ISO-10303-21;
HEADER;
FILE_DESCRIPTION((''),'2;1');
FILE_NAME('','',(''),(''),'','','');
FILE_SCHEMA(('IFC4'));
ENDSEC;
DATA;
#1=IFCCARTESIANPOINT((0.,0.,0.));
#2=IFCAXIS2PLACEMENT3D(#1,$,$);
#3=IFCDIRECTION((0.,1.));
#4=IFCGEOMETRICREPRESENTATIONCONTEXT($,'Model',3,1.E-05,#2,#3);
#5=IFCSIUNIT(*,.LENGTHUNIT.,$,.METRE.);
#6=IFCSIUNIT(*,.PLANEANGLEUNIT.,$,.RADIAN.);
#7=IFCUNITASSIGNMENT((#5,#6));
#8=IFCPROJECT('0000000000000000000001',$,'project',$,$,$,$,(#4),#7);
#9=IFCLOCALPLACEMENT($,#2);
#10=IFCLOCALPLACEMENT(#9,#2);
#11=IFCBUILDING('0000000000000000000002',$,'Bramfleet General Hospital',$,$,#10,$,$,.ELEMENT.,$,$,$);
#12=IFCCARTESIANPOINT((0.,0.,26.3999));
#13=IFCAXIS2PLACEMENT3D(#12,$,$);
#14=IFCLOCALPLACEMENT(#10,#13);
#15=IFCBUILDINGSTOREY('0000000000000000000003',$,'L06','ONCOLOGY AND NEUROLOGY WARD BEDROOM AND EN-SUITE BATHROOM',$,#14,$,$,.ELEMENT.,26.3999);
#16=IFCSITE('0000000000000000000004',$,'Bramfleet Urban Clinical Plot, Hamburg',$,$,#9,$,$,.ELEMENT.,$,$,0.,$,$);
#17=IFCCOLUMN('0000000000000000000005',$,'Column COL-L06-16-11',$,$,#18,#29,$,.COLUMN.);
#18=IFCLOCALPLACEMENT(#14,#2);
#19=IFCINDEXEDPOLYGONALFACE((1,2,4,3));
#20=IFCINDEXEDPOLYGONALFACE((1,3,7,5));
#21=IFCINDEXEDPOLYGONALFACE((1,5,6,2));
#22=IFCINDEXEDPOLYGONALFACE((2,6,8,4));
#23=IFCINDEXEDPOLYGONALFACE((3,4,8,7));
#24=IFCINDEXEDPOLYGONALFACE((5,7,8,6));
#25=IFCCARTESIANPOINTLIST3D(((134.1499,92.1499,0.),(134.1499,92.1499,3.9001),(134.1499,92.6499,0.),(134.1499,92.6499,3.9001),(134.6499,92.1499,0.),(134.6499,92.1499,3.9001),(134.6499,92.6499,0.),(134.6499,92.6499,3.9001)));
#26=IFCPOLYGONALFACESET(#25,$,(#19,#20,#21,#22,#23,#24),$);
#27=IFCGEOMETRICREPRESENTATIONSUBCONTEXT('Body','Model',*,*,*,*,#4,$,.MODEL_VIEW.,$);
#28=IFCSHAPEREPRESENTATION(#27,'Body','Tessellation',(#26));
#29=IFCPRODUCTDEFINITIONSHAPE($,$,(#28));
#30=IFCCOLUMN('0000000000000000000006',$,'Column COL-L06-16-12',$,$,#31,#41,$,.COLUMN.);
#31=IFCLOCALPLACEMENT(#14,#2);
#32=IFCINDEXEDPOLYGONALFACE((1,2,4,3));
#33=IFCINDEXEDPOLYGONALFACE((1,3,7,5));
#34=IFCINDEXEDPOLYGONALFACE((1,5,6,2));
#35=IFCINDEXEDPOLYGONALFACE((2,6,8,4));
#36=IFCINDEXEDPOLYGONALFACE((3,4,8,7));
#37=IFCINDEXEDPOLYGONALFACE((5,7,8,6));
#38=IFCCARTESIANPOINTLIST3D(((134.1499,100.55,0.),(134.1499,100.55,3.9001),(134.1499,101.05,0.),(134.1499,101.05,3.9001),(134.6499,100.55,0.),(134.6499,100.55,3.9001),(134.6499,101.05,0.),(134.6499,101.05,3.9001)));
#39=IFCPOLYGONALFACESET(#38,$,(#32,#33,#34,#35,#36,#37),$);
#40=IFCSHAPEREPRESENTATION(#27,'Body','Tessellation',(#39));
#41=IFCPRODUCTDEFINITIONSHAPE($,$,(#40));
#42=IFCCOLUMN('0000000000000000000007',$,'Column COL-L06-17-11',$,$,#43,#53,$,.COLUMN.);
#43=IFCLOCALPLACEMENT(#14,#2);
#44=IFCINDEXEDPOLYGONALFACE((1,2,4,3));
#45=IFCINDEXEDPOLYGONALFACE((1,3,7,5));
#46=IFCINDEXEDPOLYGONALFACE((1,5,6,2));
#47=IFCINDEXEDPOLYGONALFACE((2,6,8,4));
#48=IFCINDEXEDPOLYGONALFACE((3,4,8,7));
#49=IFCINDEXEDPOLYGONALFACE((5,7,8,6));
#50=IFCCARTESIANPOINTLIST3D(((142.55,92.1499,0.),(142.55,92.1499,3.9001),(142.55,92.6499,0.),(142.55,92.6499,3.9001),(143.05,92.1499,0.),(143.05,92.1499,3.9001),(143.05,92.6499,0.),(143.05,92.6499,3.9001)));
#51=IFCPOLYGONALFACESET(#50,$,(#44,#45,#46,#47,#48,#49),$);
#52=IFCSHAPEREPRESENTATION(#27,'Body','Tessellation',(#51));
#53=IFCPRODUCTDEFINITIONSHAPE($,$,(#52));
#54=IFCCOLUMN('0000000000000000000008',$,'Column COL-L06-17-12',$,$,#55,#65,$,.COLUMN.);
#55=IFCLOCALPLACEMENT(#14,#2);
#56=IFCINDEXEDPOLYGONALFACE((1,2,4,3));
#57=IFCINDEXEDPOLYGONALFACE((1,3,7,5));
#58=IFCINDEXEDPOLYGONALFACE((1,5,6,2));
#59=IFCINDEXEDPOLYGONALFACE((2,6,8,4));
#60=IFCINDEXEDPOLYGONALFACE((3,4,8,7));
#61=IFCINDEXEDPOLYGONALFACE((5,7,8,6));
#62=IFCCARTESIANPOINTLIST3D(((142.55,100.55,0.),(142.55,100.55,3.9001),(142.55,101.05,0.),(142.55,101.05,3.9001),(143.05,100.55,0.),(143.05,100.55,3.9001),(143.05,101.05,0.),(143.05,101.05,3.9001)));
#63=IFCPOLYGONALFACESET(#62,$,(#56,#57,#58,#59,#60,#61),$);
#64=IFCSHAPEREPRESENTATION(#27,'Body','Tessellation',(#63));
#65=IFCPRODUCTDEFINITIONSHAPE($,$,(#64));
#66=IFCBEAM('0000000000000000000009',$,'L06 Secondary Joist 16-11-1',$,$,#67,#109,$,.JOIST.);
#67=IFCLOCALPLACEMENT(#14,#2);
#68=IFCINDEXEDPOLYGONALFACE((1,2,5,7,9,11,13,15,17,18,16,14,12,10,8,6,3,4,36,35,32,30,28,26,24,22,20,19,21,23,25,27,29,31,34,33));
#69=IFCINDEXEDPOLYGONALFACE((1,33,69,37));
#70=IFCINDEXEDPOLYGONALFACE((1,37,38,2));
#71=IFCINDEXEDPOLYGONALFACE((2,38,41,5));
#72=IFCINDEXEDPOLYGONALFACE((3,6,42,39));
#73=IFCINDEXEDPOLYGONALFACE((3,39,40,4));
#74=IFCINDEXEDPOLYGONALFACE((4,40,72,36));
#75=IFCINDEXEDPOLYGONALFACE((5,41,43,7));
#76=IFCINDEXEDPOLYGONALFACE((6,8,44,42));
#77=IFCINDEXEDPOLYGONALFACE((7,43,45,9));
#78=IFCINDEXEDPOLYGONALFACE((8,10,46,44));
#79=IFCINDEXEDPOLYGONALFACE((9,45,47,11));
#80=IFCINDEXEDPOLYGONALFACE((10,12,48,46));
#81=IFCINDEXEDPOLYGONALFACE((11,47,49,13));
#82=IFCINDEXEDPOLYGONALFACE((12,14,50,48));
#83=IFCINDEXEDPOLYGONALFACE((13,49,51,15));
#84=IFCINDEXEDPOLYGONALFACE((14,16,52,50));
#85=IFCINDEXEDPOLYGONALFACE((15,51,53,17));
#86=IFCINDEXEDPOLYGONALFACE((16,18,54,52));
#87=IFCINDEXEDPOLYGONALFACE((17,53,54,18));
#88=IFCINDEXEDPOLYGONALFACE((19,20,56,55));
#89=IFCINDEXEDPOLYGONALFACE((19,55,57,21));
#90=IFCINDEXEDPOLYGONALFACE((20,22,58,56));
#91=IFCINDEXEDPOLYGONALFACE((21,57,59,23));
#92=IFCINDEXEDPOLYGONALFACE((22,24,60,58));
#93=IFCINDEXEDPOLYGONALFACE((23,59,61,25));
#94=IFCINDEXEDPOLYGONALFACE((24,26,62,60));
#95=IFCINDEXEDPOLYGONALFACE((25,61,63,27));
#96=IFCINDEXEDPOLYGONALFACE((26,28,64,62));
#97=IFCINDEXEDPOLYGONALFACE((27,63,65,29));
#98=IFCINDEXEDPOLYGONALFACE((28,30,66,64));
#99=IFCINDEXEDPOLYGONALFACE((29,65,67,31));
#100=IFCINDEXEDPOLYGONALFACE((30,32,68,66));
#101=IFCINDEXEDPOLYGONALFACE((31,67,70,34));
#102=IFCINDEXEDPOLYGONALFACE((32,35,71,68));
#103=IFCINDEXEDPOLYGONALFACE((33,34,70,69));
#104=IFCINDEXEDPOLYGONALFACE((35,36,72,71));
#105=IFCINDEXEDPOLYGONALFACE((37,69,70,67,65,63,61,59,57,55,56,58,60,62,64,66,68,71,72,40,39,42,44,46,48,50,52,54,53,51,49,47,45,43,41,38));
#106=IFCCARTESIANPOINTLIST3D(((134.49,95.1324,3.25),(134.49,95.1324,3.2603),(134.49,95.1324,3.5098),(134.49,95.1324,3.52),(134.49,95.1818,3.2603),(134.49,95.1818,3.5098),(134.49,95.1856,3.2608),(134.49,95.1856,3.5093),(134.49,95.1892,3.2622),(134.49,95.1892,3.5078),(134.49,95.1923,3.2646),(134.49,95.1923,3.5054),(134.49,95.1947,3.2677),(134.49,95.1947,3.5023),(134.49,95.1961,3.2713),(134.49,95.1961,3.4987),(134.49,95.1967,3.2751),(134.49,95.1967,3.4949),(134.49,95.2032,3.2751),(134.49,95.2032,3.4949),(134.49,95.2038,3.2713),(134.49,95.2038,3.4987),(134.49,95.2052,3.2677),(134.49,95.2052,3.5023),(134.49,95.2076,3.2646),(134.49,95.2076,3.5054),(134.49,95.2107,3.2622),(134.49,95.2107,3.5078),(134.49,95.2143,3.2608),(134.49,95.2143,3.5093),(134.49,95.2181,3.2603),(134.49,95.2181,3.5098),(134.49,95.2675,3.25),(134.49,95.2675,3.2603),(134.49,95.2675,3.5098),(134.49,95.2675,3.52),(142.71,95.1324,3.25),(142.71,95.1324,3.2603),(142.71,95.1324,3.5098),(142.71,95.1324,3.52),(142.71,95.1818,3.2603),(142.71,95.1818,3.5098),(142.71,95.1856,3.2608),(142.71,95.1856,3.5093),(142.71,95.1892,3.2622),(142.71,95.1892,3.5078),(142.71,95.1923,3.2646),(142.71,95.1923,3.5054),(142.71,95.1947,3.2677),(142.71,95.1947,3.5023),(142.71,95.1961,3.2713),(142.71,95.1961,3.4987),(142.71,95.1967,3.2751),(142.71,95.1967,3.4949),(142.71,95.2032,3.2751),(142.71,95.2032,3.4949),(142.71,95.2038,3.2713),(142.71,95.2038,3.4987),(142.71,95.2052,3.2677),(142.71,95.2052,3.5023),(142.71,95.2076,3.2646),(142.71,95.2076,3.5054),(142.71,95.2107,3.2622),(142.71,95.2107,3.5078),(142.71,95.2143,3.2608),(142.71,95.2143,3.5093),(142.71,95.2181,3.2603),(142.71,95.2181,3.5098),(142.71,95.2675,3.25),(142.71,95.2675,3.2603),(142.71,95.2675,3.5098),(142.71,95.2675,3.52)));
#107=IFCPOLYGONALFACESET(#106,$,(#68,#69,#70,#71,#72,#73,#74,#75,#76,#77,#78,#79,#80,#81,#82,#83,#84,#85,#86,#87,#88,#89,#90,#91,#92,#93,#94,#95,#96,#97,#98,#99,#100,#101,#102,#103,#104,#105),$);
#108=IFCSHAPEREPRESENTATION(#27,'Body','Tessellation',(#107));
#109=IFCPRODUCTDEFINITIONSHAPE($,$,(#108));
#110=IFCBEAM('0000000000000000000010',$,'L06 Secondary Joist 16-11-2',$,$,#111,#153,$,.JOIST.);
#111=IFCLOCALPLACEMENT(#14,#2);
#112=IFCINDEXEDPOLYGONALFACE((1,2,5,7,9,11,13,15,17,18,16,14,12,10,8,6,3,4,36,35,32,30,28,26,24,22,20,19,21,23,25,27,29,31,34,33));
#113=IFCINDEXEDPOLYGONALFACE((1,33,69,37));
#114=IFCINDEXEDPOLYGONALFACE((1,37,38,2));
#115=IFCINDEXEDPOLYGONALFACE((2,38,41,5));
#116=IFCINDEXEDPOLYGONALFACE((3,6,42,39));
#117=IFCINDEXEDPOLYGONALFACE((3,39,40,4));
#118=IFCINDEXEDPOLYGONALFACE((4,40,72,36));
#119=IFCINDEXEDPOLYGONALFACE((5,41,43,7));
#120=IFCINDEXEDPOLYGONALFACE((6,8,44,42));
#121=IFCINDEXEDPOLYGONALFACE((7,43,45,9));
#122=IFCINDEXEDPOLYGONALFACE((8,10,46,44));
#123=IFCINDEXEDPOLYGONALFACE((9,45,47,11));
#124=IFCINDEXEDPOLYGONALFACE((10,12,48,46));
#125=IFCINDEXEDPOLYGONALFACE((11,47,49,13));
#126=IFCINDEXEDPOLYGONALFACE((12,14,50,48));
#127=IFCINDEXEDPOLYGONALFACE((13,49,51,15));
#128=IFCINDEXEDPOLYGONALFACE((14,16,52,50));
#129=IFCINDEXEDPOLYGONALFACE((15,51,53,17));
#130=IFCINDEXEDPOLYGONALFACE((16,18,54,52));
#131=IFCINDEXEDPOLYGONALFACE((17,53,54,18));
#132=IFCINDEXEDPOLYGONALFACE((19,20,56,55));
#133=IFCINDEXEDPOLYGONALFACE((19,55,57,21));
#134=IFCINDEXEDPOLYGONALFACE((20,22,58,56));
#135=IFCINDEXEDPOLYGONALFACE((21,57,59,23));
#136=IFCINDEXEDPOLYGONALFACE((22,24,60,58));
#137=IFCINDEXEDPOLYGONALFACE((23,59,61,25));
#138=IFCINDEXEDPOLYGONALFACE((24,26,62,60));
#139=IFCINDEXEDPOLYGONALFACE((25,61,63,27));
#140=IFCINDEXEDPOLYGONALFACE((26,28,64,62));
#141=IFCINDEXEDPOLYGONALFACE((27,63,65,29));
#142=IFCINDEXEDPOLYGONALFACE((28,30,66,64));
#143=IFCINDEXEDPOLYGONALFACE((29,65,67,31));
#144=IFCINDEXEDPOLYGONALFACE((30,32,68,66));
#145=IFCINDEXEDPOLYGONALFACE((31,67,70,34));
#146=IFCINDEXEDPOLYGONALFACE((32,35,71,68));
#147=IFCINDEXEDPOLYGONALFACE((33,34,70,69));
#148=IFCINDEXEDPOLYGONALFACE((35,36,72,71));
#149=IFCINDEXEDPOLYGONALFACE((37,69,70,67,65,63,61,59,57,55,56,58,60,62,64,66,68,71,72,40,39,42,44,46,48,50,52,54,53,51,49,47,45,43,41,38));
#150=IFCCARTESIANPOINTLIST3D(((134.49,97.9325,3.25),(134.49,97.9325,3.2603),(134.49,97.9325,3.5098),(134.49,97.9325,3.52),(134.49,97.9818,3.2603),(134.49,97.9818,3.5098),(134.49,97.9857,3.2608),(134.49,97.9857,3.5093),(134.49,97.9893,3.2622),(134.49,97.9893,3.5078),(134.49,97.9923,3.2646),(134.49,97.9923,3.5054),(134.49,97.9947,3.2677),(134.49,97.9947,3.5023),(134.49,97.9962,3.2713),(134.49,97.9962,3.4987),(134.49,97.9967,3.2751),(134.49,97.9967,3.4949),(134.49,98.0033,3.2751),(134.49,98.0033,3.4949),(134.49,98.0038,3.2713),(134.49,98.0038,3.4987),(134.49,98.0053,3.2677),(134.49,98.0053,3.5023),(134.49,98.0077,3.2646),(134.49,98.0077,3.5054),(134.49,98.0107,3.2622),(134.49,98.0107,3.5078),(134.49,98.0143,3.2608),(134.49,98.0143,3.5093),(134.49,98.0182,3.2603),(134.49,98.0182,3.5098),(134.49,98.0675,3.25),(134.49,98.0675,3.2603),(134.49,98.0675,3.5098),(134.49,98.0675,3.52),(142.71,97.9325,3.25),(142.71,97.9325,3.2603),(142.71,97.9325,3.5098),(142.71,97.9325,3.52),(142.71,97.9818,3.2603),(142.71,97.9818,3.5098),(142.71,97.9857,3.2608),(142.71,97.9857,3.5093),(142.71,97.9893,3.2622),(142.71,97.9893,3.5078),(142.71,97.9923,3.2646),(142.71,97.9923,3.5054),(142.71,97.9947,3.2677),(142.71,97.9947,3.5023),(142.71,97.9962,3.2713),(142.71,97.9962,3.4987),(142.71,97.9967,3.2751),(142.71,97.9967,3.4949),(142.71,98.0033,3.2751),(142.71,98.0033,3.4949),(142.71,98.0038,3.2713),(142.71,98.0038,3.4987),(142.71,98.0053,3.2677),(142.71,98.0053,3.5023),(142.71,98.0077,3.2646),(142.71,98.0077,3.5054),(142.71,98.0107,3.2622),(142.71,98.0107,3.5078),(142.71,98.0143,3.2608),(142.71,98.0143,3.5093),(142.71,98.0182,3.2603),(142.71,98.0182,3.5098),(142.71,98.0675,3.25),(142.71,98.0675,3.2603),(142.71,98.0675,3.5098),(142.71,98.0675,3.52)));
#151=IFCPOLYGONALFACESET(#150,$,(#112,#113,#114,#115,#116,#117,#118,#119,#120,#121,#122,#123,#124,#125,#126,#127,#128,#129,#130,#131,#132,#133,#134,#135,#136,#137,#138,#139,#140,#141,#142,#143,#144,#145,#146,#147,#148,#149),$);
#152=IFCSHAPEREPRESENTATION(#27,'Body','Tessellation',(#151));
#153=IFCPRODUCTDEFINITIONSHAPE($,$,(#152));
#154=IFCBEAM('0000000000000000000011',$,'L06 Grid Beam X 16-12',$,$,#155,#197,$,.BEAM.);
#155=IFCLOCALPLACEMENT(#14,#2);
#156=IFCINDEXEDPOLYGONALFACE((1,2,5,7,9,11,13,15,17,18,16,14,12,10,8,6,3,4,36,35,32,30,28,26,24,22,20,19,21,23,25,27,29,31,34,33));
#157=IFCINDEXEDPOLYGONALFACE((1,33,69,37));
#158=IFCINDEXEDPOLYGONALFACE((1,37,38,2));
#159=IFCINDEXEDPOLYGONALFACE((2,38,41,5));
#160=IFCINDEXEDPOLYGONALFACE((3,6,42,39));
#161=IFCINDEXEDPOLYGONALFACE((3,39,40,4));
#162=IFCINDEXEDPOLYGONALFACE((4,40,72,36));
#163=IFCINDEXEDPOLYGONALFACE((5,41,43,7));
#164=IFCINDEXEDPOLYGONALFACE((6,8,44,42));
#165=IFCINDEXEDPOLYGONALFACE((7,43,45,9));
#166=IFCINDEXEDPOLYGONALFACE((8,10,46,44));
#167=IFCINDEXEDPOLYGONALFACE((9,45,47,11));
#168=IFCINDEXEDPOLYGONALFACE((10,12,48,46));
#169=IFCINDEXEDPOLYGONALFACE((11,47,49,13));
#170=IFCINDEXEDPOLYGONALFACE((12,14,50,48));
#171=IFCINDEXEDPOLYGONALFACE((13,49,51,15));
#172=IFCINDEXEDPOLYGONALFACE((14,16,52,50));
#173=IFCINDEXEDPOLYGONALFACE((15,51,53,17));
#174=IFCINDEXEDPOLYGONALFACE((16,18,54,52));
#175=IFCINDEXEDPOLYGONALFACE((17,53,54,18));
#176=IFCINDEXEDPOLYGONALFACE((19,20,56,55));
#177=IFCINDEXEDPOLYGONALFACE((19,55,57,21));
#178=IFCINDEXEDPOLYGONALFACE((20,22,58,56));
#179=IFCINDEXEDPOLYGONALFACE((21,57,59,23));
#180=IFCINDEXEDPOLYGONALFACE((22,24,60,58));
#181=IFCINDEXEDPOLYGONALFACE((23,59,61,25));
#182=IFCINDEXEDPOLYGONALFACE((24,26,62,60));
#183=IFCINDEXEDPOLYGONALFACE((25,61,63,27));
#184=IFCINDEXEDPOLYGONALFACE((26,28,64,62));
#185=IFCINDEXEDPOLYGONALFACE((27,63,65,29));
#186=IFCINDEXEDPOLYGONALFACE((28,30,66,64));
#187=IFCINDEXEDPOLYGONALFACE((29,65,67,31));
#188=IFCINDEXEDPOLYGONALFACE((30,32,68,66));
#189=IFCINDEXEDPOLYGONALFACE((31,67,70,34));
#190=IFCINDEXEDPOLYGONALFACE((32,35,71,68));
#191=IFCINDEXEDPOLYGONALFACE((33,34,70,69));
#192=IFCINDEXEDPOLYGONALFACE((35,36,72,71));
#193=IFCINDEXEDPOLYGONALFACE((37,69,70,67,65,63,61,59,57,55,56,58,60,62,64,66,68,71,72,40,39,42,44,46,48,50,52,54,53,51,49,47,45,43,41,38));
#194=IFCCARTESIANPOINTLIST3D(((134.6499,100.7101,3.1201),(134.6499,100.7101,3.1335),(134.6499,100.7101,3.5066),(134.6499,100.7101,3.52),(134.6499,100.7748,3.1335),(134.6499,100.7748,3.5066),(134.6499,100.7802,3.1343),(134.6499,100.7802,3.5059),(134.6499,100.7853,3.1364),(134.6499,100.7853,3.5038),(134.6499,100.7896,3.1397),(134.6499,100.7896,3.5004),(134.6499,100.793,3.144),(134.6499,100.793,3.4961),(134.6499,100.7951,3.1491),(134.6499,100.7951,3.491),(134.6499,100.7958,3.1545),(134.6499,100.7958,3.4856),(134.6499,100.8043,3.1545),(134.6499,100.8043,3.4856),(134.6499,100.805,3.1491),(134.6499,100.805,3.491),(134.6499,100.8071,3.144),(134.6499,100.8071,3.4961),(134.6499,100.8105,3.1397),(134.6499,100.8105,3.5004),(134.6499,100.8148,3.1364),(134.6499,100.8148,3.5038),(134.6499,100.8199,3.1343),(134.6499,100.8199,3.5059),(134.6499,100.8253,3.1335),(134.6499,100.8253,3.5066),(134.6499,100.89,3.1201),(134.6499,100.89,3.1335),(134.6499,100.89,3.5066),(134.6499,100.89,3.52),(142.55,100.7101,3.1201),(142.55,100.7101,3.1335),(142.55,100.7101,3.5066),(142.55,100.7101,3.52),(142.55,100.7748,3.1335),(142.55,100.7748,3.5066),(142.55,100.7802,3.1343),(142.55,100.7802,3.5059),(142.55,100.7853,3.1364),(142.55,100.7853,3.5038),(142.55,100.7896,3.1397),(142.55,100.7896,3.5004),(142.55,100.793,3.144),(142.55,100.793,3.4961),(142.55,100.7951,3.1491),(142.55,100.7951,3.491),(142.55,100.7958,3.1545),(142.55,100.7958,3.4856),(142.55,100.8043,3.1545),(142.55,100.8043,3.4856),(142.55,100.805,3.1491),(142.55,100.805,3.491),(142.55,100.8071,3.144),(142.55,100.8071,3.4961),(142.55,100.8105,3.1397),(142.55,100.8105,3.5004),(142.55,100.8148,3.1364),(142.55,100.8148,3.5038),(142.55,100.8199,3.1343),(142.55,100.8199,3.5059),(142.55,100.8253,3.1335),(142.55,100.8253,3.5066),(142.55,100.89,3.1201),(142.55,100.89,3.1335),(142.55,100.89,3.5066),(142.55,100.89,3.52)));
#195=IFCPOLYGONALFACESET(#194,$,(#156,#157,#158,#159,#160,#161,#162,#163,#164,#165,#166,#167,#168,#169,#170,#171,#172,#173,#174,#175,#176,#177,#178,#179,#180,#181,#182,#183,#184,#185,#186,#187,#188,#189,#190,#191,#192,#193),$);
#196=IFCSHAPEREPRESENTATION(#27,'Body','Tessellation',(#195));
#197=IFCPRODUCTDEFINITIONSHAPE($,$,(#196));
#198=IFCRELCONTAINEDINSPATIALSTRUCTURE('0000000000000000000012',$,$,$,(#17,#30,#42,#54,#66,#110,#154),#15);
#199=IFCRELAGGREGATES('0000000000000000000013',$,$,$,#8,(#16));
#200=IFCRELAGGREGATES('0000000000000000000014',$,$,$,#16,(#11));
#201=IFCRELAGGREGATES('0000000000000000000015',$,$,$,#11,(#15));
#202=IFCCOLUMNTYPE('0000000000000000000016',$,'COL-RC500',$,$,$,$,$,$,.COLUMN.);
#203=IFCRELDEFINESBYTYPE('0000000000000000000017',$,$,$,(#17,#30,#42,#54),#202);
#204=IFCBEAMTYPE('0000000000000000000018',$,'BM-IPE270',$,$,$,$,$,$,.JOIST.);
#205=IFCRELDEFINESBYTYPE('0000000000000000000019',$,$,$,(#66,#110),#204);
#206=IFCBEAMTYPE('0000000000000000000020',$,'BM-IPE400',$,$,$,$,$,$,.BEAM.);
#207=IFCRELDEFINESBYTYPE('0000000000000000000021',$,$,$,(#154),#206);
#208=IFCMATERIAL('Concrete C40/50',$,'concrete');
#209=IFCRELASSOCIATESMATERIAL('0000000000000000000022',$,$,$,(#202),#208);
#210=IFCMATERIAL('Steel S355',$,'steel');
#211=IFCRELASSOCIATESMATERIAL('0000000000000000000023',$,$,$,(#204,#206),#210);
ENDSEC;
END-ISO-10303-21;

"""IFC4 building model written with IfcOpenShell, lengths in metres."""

from ifc_helpers import new_model, si_unit, direction, frame, origin, origin_2d, place, context, subcontext, project, spatial, rectangle, i_section, extrude, material, material_profile, profile_set, type_object, element, save


model = new_model("IFC4")

# Units and contexts
model_context = context("Model", 3, precision=1e-05, world=origin(), true_north=direction((0.0, 1.0)))
body_context = subcontext(model_context, "Body", "Model", "MODEL_VIEW")
ifc_project = project(units=[si_unit("LENGTHUNIT", "METRE"), si_unit("PLANEANGLEUNIT", "RADIAN")], contexts=[model_context])

# Site, building, storey
site_placement = place(None, origin())
site = spatial("IfcSite", under=ifc_project, at=site_placement, Name="Bramfleet Urban Clinical Plot, Hamburg", CompositionType="ELEMENT", RefElevation=0.0)
building_placement = place(site_placement, origin())
building = spatial("IfcBuilding", under=site, at=building_placement, Name="Bramfleet General Hospital", CompositionType="ELEMENT")
storey_placement = place(building_placement, frame((0.0, 0.0, 26.3999)))
storey = spatial("IfcBuildingStorey", under=building, at=storey_placement, Name="L06", Description="ONCOLOGY AND NEUROLOGY WARD BEDROOM AND EN-SUITE BATHROOM", CompositionType="ELEMENT", Elevation=26.3999)

# Columns
ifc_material_1 = material(Name="Concrete C40/50", Category="concrete")
ifc_material_profile_1 = material_profile(ifc_material_1, rectangle(XDim=0.5, YDim=0.5, at=origin_2d()), Name="RC COL 500x500")
ifc_profile_set_1 = profile_set([ifc_material_profile_1], Name="Concrete C40/50")
column_type = type_object("IfcColumnType", Name="COL-RC500", PredefinedType="COLUMN", material=ifc_profile_set_1)
for number, where, z_axis, x_axis, name in (
    (1, (134.3999, 92.3999, 0.0), (0.0, 0.0, 1.0), (1.0, 0.0, 0.0), "Column COL-L06-16-11"),
    (2, (134.3999, 100.8, 0.0), (0.0, 0.0, 1.0), (1.0, 0.0, 0.0), "Column COL-L06-16-12"),
    (3, (142.8, 92.3999, 0.0), (0.0, 0.0, 1.0), (1.0, 0.0, 0.0), "Column COL-L06-17-11"),
    (4, (142.8, 100.8, 0.0), (0.0, 0.0, 1.0), (1.0, 0.0, 0.0), "Column COL-L06-17-12"),
):
    element("IfcColumn", number, at=place(storey_placement, frame(where, z_axis=z_axis, x_axis=x_axis)), inside=storey, type_object=column_type, Name=name, PredefinedType="COLUMN", context=body_context, shape_type="SweptSolid", body=[
        extrude(rectangle(XDim=0.5, YDim=0.5, at=origin_2d()), origin(), (0.0, 0.0, 1.0), 3.9001),
    ])

# Beams
ifc_material_2 = material(Name="Steel S355", Category="steel")
ifc_material_profile_2 = material_profile(ifc_material_2, i_section(OverallWidth=0.135, OverallDepth=0.27, WebThickness=0.0066, FlangeThickness=0.0103, FilletRadius=0.0149, at=origin_2d()), Name="IPE 270")
ifc_profile_set_2 = profile_set([ifc_material_profile_2], Name="Steel S355")
beam_type_1 = type_object("IfcBeamType", Name="BM-IPE270", PredefinedType="JOIST", material=ifc_profile_set_2)
for number, where, z_axis, x_axis, name in (
    (5, (134.49, 95.2, 3.385), (1.0, 0.0, 0.0), (0.0, 1.0, 0.0), "L06 Secondary Joist 16-11-1"),
    (6, (134.49, 98.0, 3.385), (1.0, 0.0, 0.0), (0.0, 1.0, 0.0), "L06 Secondary Joist 16-11-2"),
):
    element("IfcBeam", number, at=place(storey_placement, frame(where, z_axis=z_axis, x_axis=x_axis)), inside=storey, type_object=beam_type_1, Name=name, PredefinedType="JOIST", context=body_context, shape_type="SweptSolid", body=[
        extrude(i_section(OverallWidth=0.135, OverallDepth=0.27, WebThickness=0.0066, FlangeThickness=0.0103, FilletRadius=0.0149, at=origin_2d()), origin(), (0.0, 0.0, 1.0), 8.22),
    ])
ifc_material_profile_3 = material_profile(ifc_material_2, i_section(OverallWidth=0.1799, OverallDepth=0.3999, WebThickness=0.0085, FlangeThickness=0.0134, FilletRadius=0.021, at=origin_2d()), Name="IPE 400")
ifc_profile_set_3 = profile_set([ifc_material_profile_3], Name="Steel S355")
beam_type_2 = type_object("IfcBeamType", Name="BM-IPE400", PredefinedType="BEAM", material=ifc_profile_set_3)
for number, where, z_axis, x_axis, name in (
    (7, (134.6499, 100.8, 3.3201), (1.0, 0.0, 0.0), (0.0, 1.0, 0.0), "L06 Grid Beam X 16-12"),
):
    element("IfcBeam", number, at=place(storey_placement, frame(where, z_axis=z_axis, x_axis=x_axis)), inside=storey, type_object=beam_type_2, Name=name, PredefinedType="BEAM", context=body_context, shape_type="SweptSolid", body=[
        extrude(i_section(OverallWidth=0.1799, OverallDepth=0.3999, WebThickness=0.0085, FlangeThickness=0.0134, FilletRadius=0.021, at=origin_2d()), origin(), (0.0, 0.0, 1.0), 7.9001),
    ])

save(model, "model.ifc")
